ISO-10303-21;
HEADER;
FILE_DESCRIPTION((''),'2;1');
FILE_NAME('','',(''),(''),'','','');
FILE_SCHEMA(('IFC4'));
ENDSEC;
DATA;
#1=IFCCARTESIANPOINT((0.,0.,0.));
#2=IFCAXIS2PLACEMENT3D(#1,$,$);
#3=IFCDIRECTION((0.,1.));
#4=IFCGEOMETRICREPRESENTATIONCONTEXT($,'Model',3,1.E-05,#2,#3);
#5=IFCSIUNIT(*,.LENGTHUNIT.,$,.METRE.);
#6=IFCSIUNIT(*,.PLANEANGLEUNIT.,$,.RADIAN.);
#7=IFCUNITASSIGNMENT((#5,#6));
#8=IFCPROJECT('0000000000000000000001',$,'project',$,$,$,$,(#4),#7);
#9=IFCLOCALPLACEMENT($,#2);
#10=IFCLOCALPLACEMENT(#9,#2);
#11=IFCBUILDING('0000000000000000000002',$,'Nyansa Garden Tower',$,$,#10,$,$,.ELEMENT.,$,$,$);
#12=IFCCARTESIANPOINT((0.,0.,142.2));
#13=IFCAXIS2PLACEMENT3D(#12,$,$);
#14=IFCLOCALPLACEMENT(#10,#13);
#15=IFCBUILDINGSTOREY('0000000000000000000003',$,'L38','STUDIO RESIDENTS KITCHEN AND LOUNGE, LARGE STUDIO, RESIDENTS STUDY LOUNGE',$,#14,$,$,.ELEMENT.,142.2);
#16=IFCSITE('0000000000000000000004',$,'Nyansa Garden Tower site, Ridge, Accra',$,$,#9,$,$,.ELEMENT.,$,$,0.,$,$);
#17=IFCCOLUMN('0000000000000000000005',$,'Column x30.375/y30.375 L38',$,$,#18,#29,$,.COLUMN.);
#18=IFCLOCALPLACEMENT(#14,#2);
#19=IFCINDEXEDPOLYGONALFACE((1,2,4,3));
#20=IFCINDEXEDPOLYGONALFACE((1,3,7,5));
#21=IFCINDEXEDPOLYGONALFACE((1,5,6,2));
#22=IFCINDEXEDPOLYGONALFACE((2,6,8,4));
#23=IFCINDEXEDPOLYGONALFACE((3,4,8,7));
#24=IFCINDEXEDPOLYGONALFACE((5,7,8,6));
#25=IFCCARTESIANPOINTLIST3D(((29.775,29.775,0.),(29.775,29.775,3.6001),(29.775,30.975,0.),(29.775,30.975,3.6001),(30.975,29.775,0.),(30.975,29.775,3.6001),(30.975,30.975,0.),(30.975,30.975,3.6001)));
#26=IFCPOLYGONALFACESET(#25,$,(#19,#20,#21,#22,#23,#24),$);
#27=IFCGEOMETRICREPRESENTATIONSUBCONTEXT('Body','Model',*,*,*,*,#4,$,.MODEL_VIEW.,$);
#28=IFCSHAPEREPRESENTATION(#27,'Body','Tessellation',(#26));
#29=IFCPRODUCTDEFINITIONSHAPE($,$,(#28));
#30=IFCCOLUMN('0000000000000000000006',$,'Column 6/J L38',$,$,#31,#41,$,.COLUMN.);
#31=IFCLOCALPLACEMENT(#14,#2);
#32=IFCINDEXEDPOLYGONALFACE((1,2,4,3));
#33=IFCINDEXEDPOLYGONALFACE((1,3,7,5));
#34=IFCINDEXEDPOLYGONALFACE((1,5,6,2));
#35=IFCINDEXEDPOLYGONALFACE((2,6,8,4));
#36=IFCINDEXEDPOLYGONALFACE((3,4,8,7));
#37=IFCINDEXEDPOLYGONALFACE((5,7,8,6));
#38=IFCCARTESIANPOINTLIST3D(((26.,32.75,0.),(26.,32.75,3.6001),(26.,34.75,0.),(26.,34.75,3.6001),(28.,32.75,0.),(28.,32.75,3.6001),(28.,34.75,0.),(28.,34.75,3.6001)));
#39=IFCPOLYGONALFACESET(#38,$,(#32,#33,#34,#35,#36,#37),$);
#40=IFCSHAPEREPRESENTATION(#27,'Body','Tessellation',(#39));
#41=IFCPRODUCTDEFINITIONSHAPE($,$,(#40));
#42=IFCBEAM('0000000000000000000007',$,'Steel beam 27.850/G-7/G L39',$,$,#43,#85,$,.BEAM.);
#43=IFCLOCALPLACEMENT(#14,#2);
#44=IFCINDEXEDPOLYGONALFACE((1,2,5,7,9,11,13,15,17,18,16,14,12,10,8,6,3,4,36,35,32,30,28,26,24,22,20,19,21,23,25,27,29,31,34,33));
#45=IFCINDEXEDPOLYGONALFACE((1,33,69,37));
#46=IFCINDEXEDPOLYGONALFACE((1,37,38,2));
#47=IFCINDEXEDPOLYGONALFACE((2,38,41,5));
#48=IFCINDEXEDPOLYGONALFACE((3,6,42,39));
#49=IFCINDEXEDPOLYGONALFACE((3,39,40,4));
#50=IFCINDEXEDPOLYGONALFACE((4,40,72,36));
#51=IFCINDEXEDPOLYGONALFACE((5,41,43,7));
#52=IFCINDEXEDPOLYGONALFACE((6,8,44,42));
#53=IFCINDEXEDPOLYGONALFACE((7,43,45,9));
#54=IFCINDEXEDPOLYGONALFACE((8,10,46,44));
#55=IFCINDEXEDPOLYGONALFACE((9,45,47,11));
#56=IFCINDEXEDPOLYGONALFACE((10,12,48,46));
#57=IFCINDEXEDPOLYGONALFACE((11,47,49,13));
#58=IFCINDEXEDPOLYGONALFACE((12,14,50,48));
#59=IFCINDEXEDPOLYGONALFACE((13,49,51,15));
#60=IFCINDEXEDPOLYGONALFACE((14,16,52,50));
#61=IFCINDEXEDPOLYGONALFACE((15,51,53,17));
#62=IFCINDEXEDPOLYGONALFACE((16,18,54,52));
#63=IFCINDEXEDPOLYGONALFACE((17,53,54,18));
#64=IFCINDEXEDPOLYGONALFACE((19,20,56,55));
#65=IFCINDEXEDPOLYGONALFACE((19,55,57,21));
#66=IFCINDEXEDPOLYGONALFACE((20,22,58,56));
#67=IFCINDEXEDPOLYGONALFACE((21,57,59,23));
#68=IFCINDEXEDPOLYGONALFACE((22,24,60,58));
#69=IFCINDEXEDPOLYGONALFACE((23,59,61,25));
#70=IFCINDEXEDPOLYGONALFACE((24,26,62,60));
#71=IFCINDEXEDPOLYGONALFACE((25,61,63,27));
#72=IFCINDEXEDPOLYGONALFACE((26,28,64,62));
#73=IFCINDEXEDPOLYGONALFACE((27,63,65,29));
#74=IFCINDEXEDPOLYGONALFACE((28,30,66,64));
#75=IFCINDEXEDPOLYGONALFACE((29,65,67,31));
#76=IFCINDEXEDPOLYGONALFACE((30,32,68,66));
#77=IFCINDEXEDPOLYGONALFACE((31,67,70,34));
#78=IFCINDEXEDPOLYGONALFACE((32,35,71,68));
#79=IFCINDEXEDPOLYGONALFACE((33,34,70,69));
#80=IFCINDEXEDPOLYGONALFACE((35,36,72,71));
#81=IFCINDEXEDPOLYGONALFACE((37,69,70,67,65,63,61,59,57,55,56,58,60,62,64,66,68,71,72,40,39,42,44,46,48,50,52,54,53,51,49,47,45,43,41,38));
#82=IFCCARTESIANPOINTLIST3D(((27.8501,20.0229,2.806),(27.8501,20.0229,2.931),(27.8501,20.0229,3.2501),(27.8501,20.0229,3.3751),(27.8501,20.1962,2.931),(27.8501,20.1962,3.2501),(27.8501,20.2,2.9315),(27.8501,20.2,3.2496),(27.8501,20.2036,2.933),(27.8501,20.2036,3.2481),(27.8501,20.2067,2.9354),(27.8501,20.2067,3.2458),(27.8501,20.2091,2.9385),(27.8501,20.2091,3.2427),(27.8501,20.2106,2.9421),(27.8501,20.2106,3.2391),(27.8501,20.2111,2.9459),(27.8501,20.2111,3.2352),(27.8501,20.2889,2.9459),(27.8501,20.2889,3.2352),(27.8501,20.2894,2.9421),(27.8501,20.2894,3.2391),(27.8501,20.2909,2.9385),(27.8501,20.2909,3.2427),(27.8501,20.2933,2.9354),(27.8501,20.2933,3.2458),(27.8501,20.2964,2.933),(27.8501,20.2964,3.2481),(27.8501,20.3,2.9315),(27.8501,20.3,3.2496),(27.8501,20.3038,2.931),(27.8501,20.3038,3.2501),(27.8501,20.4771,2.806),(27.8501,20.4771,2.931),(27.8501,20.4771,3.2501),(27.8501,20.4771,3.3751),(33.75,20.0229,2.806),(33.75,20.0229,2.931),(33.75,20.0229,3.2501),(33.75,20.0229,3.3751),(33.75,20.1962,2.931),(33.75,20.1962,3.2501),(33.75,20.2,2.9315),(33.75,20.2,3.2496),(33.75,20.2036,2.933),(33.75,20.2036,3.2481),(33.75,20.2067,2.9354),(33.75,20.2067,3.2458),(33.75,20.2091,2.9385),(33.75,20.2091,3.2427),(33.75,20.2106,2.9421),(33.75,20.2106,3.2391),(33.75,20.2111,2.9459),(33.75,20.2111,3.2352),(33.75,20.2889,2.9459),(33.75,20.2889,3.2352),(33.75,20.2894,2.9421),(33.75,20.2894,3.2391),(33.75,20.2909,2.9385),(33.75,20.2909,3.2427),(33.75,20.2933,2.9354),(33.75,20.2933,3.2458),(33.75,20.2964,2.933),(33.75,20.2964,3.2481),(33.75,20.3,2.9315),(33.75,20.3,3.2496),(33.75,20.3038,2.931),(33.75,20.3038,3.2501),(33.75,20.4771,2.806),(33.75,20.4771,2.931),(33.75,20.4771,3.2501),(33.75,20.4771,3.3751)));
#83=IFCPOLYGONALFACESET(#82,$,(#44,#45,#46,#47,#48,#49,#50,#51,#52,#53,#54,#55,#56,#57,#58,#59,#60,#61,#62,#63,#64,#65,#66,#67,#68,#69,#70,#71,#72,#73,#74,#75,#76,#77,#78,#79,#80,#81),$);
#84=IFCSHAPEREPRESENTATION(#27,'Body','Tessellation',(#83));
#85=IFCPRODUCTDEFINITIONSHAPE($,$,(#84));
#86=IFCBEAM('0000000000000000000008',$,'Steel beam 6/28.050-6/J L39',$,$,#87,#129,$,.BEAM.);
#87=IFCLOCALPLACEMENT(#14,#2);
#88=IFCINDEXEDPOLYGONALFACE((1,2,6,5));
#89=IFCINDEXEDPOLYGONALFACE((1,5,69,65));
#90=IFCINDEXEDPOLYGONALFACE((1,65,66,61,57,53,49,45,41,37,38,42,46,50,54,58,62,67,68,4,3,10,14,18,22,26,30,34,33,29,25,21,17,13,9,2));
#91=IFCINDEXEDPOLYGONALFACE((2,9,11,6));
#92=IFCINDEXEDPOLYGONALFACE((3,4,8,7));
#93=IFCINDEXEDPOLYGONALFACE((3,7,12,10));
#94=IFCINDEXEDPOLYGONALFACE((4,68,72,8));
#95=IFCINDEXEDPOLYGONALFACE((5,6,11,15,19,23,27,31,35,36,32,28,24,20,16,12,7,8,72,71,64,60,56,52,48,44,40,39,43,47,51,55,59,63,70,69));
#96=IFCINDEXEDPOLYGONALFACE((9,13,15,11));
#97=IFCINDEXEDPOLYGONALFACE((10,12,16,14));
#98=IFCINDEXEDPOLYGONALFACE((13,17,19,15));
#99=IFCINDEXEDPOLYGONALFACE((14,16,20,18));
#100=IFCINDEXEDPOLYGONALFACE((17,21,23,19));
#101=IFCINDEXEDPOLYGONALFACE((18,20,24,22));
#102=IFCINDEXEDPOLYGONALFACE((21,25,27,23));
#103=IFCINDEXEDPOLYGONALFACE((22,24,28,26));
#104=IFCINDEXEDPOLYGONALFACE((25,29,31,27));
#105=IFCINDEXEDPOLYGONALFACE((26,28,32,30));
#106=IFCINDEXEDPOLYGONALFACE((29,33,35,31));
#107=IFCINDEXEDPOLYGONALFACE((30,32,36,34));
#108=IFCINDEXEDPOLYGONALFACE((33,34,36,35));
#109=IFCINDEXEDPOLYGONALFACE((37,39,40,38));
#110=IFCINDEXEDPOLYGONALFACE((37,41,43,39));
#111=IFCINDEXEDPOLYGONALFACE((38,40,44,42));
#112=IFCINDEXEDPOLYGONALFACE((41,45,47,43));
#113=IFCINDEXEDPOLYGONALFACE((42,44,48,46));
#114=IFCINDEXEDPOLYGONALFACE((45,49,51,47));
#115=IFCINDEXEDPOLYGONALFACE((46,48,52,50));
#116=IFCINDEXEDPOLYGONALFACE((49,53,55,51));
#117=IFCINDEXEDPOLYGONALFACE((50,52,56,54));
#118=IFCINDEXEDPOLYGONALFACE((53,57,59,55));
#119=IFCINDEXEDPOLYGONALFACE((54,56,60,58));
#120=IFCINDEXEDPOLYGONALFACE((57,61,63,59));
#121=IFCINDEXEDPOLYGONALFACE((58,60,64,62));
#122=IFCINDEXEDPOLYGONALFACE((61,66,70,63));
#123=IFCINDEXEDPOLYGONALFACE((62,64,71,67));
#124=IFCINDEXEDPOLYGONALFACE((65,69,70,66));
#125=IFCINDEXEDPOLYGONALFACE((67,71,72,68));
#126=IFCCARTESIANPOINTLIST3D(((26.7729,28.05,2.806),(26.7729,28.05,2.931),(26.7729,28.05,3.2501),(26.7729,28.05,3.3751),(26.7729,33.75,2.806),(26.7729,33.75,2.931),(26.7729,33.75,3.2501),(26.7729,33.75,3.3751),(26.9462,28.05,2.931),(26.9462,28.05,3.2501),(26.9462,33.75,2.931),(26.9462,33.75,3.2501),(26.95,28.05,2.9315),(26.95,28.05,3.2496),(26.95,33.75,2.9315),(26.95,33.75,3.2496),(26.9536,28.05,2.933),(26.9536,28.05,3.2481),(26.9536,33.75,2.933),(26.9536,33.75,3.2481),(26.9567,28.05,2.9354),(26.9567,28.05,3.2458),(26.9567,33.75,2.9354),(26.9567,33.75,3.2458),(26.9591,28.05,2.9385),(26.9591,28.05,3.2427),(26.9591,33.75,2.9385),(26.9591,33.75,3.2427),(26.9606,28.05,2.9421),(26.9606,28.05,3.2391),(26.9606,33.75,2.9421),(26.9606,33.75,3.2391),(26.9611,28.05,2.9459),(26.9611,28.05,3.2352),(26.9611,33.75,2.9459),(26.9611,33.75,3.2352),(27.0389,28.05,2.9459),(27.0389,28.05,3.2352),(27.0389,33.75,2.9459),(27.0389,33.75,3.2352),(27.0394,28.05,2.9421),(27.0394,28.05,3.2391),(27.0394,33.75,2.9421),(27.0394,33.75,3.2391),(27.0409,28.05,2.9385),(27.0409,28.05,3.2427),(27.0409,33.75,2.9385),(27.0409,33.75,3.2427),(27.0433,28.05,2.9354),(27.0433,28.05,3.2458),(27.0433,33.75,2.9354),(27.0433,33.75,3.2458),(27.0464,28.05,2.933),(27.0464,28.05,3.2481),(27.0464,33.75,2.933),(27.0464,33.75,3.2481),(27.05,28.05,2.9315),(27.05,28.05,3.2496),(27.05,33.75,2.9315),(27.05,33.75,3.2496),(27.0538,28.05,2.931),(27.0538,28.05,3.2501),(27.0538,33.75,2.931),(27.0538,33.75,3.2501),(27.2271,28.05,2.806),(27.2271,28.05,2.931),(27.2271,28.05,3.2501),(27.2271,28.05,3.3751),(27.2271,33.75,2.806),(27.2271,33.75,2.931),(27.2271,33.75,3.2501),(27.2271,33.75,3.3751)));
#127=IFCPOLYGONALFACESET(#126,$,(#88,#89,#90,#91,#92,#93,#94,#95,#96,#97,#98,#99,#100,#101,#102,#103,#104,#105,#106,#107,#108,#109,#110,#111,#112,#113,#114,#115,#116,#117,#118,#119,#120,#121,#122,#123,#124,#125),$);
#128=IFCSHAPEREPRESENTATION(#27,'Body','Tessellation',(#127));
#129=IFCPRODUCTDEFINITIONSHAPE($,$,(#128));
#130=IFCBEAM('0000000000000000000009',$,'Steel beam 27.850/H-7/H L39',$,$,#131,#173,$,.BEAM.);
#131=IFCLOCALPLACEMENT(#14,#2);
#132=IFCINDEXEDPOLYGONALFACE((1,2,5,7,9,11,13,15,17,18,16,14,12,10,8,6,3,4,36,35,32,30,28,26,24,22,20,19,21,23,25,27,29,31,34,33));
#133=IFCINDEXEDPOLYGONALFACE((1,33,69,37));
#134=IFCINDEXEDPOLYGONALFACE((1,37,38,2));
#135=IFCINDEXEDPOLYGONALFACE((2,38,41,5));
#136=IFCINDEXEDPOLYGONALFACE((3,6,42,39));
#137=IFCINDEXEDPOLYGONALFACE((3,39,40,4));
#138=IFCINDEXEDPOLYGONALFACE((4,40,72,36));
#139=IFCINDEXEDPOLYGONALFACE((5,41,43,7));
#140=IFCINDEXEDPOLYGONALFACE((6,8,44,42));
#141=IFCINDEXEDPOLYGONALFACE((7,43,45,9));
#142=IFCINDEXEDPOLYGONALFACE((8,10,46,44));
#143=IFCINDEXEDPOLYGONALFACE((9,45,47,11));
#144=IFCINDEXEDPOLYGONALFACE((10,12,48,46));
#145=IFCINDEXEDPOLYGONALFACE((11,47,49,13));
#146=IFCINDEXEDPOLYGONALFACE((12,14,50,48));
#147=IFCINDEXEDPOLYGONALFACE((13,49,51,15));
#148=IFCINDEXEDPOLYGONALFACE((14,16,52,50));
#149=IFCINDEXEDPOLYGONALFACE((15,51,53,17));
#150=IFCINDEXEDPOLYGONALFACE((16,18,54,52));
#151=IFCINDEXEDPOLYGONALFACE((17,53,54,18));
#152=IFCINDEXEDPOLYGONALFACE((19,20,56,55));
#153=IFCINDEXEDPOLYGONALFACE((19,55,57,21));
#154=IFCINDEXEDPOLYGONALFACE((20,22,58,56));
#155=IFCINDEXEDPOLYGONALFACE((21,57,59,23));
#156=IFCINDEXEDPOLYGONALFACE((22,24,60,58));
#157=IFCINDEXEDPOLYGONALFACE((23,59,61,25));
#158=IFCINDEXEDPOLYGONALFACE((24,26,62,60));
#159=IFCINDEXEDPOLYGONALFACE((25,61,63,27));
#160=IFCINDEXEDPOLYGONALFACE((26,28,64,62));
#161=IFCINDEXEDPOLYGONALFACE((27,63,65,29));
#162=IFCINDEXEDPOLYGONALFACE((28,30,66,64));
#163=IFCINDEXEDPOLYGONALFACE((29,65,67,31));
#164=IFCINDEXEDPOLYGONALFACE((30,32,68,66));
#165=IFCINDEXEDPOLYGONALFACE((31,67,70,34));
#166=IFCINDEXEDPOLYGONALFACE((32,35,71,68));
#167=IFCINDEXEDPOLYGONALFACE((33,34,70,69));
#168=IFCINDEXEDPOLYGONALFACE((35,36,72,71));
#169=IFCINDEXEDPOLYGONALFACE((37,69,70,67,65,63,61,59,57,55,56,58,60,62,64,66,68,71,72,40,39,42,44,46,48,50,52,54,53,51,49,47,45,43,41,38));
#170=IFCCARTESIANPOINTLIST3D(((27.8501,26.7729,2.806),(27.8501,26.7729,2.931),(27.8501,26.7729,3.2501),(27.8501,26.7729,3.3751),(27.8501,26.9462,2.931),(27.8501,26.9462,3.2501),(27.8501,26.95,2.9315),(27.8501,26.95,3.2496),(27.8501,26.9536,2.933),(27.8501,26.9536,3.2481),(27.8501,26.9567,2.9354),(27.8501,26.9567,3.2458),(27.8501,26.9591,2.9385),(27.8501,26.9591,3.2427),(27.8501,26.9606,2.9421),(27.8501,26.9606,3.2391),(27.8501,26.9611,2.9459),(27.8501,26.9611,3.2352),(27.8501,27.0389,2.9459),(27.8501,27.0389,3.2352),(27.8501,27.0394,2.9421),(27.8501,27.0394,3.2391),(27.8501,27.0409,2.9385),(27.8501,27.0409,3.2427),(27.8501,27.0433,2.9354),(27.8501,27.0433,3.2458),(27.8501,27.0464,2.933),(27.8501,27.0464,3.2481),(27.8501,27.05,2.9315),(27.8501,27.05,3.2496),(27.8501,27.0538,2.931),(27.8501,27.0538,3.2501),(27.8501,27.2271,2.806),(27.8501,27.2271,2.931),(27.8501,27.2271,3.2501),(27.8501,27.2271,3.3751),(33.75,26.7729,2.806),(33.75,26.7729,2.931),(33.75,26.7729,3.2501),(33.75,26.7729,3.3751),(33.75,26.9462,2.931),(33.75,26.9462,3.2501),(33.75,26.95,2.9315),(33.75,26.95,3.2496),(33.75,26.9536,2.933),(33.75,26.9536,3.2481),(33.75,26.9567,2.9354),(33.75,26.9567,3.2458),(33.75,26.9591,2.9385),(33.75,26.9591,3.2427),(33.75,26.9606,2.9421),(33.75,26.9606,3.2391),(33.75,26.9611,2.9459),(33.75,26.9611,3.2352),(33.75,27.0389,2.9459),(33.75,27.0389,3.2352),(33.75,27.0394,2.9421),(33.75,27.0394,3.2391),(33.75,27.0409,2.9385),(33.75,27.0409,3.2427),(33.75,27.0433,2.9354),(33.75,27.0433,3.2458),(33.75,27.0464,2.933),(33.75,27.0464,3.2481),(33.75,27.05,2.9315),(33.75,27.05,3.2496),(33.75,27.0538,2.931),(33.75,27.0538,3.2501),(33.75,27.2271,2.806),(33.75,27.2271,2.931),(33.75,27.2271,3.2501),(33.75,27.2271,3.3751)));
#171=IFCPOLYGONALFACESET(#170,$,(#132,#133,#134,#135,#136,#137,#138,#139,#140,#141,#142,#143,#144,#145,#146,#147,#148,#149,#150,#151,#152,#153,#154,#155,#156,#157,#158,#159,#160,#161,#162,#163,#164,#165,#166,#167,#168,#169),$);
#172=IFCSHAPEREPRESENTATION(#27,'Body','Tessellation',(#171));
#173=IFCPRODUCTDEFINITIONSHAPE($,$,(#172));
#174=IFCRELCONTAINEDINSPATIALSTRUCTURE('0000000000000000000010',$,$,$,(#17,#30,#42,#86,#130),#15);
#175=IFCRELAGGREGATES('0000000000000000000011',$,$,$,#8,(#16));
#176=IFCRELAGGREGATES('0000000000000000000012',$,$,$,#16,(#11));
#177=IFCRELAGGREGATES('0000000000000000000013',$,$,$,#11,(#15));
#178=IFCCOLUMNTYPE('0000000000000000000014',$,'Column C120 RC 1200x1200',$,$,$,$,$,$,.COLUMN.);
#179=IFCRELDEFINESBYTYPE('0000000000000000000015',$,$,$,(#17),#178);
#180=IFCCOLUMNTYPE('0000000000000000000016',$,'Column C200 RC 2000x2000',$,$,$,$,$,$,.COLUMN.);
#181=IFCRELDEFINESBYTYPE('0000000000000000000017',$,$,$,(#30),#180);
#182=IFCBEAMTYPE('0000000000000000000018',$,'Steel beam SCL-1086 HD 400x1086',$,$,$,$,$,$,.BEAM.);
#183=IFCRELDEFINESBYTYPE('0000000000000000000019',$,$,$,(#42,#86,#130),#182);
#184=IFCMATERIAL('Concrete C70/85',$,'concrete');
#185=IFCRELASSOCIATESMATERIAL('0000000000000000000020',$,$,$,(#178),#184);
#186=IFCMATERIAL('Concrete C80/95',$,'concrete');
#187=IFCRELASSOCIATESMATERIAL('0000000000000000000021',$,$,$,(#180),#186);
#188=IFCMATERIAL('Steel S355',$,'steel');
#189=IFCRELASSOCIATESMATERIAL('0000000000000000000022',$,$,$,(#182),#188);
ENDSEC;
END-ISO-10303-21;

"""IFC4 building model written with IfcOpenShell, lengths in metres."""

from ifc_helpers import new_model, si_unit, direction, frame, origin, origin_2d, place, context, subcontext, project, spatial, rectangle, i_section, extrude, material, material_profile, profile_set, type_object, element, save


model = new_model("IFC4")

# Units and contexts
model_context = context("Model", 3, precision=1e-05, world=origin(), true_north=direction((0.0, 1.0)))
body_context = subcontext(model_context, "Body", "Model", "MODEL_VIEW")
ifc_project = project(units=[si_unit("LENGTHUNIT", "METRE"), si_unit("PLANEANGLEUNIT", "RADIAN")], contexts=[model_context])

# Site, building, storey
site_placement = place(None, origin())
site = spatial("IfcSite", under=ifc_project, at=site_placement, Name="Nyansa Garden Tower site, Ridge, Accra", CompositionType="ELEMENT", RefElevation=0.0)
building_placement = place(site_placement, origin())
building = spatial("IfcBuilding", under=site, at=building_placement, Name="Nyansa Garden Tower", CompositionType="ELEMENT")
storey_placement = place(building_placement, frame((0.0, 0.0, 142.2)))
storey = spatial("IfcBuildingStorey", under=building, at=storey_placement, Name="L38", Description="STUDIO RESIDENTS KITCHEN AND LOUNGE, LARGE STUDIO, RESIDENTS STUDY LOUNGE", CompositionType="ELEMENT", Elevation=142.2)

# Columns
ifc_material_1 = material(Name="Concrete C70/85", Category="concrete")
ifc_material_profile_1 = material_profile(ifc_material_1, rectangle(XDim=1.2, YDim=1.2, at=origin_2d()), Name="RC 1200x1200")
ifc_profile_set_1 = profile_set([ifc_material_profile_1], Name="Concrete C70/85")
column_type_1 = type_object("IfcColumnType", Name="Column C120 RC 1200x1200", PredefinedType="COLUMN", material=ifc_profile_set_1)
column_1_placement = place(storey_placement, frame((30.375, 30.375, 0.0), z_axis=(0.0, 0.0, 1.0), x_axis=(1.0, 0.0, 0.0)))
element("IfcColumn", 1, at=column_1_placement, inside=storey, type_object=column_type_1, Name="Column x30.375/y30.375 L38", PredefinedType="COLUMN", context=body_context, shape_type="SweptSolid", body=[
    extrude(rectangle(XDim=1.2, YDim=1.2, at=origin_2d()), origin(), (0.0, 0.0, 1.0), 3.6001),
])
ifc_material_2 = material(Name="Concrete C80/95", Category="concrete")
ifc_material_profile_2 = material_profile(ifc_material_2, rectangle(XDim=2.0, YDim=2.0, at=origin_2d()), Name="RC 2000x2000")
ifc_profile_set_2 = profile_set([ifc_material_profile_2], Name="Concrete C80/95")
column_type_2 = type_object("IfcColumnType", Name="Column C200 RC 2000x2000", PredefinedType="COLUMN", material=ifc_profile_set_2)
column_2_placement = place(storey_placement, frame((27.0, 33.75, 0.0), z_axis=(0.0, 0.0, 1.0), x_axis=(1.0, 0.0, 0.0)))
element("IfcColumn", 2, at=column_2_placement, inside=storey, type_object=column_type_2, Name="Column 6/J L38", PredefinedType="COLUMN", context=body_context, shape_type="SweptSolid", body=[
    extrude(rectangle(XDim=2.0, YDim=2.0, at=origin_2d()), origin(), (0.0, 0.0, 1.0), 3.6001),
])

# Beams
ifc_material_3 = material(Name="Steel S355", Category="steel")
ifc_material_profile_3 = material_profile(ifc_material_3, i_section(OverallWidth=0.4541, OverallDepth=0.5691, WebThickness=0.0779, FlangeThickness=0.125, FilletRadius=0.0149, at=origin_2d()), Name="HD 400x1086")
ifc_profile_set_3 = profile_set([ifc_material_profile_3], Name="Steel S355")
beam_type_1 = type_object("IfcBeamType", Name="Steel beam SCL-1086 HD 400x1086", PredefinedType="BEAM", material=ifc_profile_set_3)
beam_1_placement = place(storey_placement, frame((27.8501, 20.25, 3.0906), z_axis=(1.0, 0.0, 0.0), x_axis=(0.0, 1.0, 0.0)))
element("IfcBeam", 3, at=beam_1_placement, inside=storey, type_object=beam_type_1, Name="Steel beam 27.850/G-7/G L39", PredefinedType="BEAM", context=body_context, shape_type="SweptSolid", body=[
    extrude(i_section(OverallWidth=0.4541, OverallDepth=0.5691, WebThickness=0.0779, FlangeThickness=0.125, FilletRadius=0.0149, at=origin_2d()), origin(), (0.0, 0.0, 1.0), 5.8999),
])
beam_2_placement = place(storey_placement, frame((27.0, 28.05, 3.0906), z_axis=(0.0, 1.0, 0.0), x_axis=(-1.0, 0.0, 0.0)))
element("IfcBeam", 4, at=beam_2_placement, inside=storey, type_object=beam_type_1, Name="Steel beam 6/28.050-6/J L39", PredefinedType="BEAM", context=body_context, shape_type="SweptSolid", body=[
    extrude(i_section(OverallWidth=0.4541, OverallDepth=0.5691, WebThickness=0.0779, FlangeThickness=0.125, FilletRadius=0.0149, at=origin_2d()), origin(), (0.0, 0.0, 1.0), 5.7),
])
beam_3_placement = place(storey_placement, frame((27.8501, 27.0, 3.0906), z_axis=(1.0, 0.0, 0.0), x_axis=(0.0, 1.0, 0.0)))
element("IfcBeam", 5, at=beam_3_placement, inside=storey, type_object=beam_type_1, Name="Steel beam 27.850/H-7/H L39", PredefinedType="BEAM", context=body_context, shape_type="SweptSolid", body=[
    extrude(i_section(OverallWidth=0.4541, OverallDepth=0.5691, WebThickness=0.0779, FlangeThickness=0.125, FilletRadius=0.0149, at=origin_2d()), origin(), (0.0, 0.0, 1.0), 5.8999),
])

save(model, "model.ifc")
